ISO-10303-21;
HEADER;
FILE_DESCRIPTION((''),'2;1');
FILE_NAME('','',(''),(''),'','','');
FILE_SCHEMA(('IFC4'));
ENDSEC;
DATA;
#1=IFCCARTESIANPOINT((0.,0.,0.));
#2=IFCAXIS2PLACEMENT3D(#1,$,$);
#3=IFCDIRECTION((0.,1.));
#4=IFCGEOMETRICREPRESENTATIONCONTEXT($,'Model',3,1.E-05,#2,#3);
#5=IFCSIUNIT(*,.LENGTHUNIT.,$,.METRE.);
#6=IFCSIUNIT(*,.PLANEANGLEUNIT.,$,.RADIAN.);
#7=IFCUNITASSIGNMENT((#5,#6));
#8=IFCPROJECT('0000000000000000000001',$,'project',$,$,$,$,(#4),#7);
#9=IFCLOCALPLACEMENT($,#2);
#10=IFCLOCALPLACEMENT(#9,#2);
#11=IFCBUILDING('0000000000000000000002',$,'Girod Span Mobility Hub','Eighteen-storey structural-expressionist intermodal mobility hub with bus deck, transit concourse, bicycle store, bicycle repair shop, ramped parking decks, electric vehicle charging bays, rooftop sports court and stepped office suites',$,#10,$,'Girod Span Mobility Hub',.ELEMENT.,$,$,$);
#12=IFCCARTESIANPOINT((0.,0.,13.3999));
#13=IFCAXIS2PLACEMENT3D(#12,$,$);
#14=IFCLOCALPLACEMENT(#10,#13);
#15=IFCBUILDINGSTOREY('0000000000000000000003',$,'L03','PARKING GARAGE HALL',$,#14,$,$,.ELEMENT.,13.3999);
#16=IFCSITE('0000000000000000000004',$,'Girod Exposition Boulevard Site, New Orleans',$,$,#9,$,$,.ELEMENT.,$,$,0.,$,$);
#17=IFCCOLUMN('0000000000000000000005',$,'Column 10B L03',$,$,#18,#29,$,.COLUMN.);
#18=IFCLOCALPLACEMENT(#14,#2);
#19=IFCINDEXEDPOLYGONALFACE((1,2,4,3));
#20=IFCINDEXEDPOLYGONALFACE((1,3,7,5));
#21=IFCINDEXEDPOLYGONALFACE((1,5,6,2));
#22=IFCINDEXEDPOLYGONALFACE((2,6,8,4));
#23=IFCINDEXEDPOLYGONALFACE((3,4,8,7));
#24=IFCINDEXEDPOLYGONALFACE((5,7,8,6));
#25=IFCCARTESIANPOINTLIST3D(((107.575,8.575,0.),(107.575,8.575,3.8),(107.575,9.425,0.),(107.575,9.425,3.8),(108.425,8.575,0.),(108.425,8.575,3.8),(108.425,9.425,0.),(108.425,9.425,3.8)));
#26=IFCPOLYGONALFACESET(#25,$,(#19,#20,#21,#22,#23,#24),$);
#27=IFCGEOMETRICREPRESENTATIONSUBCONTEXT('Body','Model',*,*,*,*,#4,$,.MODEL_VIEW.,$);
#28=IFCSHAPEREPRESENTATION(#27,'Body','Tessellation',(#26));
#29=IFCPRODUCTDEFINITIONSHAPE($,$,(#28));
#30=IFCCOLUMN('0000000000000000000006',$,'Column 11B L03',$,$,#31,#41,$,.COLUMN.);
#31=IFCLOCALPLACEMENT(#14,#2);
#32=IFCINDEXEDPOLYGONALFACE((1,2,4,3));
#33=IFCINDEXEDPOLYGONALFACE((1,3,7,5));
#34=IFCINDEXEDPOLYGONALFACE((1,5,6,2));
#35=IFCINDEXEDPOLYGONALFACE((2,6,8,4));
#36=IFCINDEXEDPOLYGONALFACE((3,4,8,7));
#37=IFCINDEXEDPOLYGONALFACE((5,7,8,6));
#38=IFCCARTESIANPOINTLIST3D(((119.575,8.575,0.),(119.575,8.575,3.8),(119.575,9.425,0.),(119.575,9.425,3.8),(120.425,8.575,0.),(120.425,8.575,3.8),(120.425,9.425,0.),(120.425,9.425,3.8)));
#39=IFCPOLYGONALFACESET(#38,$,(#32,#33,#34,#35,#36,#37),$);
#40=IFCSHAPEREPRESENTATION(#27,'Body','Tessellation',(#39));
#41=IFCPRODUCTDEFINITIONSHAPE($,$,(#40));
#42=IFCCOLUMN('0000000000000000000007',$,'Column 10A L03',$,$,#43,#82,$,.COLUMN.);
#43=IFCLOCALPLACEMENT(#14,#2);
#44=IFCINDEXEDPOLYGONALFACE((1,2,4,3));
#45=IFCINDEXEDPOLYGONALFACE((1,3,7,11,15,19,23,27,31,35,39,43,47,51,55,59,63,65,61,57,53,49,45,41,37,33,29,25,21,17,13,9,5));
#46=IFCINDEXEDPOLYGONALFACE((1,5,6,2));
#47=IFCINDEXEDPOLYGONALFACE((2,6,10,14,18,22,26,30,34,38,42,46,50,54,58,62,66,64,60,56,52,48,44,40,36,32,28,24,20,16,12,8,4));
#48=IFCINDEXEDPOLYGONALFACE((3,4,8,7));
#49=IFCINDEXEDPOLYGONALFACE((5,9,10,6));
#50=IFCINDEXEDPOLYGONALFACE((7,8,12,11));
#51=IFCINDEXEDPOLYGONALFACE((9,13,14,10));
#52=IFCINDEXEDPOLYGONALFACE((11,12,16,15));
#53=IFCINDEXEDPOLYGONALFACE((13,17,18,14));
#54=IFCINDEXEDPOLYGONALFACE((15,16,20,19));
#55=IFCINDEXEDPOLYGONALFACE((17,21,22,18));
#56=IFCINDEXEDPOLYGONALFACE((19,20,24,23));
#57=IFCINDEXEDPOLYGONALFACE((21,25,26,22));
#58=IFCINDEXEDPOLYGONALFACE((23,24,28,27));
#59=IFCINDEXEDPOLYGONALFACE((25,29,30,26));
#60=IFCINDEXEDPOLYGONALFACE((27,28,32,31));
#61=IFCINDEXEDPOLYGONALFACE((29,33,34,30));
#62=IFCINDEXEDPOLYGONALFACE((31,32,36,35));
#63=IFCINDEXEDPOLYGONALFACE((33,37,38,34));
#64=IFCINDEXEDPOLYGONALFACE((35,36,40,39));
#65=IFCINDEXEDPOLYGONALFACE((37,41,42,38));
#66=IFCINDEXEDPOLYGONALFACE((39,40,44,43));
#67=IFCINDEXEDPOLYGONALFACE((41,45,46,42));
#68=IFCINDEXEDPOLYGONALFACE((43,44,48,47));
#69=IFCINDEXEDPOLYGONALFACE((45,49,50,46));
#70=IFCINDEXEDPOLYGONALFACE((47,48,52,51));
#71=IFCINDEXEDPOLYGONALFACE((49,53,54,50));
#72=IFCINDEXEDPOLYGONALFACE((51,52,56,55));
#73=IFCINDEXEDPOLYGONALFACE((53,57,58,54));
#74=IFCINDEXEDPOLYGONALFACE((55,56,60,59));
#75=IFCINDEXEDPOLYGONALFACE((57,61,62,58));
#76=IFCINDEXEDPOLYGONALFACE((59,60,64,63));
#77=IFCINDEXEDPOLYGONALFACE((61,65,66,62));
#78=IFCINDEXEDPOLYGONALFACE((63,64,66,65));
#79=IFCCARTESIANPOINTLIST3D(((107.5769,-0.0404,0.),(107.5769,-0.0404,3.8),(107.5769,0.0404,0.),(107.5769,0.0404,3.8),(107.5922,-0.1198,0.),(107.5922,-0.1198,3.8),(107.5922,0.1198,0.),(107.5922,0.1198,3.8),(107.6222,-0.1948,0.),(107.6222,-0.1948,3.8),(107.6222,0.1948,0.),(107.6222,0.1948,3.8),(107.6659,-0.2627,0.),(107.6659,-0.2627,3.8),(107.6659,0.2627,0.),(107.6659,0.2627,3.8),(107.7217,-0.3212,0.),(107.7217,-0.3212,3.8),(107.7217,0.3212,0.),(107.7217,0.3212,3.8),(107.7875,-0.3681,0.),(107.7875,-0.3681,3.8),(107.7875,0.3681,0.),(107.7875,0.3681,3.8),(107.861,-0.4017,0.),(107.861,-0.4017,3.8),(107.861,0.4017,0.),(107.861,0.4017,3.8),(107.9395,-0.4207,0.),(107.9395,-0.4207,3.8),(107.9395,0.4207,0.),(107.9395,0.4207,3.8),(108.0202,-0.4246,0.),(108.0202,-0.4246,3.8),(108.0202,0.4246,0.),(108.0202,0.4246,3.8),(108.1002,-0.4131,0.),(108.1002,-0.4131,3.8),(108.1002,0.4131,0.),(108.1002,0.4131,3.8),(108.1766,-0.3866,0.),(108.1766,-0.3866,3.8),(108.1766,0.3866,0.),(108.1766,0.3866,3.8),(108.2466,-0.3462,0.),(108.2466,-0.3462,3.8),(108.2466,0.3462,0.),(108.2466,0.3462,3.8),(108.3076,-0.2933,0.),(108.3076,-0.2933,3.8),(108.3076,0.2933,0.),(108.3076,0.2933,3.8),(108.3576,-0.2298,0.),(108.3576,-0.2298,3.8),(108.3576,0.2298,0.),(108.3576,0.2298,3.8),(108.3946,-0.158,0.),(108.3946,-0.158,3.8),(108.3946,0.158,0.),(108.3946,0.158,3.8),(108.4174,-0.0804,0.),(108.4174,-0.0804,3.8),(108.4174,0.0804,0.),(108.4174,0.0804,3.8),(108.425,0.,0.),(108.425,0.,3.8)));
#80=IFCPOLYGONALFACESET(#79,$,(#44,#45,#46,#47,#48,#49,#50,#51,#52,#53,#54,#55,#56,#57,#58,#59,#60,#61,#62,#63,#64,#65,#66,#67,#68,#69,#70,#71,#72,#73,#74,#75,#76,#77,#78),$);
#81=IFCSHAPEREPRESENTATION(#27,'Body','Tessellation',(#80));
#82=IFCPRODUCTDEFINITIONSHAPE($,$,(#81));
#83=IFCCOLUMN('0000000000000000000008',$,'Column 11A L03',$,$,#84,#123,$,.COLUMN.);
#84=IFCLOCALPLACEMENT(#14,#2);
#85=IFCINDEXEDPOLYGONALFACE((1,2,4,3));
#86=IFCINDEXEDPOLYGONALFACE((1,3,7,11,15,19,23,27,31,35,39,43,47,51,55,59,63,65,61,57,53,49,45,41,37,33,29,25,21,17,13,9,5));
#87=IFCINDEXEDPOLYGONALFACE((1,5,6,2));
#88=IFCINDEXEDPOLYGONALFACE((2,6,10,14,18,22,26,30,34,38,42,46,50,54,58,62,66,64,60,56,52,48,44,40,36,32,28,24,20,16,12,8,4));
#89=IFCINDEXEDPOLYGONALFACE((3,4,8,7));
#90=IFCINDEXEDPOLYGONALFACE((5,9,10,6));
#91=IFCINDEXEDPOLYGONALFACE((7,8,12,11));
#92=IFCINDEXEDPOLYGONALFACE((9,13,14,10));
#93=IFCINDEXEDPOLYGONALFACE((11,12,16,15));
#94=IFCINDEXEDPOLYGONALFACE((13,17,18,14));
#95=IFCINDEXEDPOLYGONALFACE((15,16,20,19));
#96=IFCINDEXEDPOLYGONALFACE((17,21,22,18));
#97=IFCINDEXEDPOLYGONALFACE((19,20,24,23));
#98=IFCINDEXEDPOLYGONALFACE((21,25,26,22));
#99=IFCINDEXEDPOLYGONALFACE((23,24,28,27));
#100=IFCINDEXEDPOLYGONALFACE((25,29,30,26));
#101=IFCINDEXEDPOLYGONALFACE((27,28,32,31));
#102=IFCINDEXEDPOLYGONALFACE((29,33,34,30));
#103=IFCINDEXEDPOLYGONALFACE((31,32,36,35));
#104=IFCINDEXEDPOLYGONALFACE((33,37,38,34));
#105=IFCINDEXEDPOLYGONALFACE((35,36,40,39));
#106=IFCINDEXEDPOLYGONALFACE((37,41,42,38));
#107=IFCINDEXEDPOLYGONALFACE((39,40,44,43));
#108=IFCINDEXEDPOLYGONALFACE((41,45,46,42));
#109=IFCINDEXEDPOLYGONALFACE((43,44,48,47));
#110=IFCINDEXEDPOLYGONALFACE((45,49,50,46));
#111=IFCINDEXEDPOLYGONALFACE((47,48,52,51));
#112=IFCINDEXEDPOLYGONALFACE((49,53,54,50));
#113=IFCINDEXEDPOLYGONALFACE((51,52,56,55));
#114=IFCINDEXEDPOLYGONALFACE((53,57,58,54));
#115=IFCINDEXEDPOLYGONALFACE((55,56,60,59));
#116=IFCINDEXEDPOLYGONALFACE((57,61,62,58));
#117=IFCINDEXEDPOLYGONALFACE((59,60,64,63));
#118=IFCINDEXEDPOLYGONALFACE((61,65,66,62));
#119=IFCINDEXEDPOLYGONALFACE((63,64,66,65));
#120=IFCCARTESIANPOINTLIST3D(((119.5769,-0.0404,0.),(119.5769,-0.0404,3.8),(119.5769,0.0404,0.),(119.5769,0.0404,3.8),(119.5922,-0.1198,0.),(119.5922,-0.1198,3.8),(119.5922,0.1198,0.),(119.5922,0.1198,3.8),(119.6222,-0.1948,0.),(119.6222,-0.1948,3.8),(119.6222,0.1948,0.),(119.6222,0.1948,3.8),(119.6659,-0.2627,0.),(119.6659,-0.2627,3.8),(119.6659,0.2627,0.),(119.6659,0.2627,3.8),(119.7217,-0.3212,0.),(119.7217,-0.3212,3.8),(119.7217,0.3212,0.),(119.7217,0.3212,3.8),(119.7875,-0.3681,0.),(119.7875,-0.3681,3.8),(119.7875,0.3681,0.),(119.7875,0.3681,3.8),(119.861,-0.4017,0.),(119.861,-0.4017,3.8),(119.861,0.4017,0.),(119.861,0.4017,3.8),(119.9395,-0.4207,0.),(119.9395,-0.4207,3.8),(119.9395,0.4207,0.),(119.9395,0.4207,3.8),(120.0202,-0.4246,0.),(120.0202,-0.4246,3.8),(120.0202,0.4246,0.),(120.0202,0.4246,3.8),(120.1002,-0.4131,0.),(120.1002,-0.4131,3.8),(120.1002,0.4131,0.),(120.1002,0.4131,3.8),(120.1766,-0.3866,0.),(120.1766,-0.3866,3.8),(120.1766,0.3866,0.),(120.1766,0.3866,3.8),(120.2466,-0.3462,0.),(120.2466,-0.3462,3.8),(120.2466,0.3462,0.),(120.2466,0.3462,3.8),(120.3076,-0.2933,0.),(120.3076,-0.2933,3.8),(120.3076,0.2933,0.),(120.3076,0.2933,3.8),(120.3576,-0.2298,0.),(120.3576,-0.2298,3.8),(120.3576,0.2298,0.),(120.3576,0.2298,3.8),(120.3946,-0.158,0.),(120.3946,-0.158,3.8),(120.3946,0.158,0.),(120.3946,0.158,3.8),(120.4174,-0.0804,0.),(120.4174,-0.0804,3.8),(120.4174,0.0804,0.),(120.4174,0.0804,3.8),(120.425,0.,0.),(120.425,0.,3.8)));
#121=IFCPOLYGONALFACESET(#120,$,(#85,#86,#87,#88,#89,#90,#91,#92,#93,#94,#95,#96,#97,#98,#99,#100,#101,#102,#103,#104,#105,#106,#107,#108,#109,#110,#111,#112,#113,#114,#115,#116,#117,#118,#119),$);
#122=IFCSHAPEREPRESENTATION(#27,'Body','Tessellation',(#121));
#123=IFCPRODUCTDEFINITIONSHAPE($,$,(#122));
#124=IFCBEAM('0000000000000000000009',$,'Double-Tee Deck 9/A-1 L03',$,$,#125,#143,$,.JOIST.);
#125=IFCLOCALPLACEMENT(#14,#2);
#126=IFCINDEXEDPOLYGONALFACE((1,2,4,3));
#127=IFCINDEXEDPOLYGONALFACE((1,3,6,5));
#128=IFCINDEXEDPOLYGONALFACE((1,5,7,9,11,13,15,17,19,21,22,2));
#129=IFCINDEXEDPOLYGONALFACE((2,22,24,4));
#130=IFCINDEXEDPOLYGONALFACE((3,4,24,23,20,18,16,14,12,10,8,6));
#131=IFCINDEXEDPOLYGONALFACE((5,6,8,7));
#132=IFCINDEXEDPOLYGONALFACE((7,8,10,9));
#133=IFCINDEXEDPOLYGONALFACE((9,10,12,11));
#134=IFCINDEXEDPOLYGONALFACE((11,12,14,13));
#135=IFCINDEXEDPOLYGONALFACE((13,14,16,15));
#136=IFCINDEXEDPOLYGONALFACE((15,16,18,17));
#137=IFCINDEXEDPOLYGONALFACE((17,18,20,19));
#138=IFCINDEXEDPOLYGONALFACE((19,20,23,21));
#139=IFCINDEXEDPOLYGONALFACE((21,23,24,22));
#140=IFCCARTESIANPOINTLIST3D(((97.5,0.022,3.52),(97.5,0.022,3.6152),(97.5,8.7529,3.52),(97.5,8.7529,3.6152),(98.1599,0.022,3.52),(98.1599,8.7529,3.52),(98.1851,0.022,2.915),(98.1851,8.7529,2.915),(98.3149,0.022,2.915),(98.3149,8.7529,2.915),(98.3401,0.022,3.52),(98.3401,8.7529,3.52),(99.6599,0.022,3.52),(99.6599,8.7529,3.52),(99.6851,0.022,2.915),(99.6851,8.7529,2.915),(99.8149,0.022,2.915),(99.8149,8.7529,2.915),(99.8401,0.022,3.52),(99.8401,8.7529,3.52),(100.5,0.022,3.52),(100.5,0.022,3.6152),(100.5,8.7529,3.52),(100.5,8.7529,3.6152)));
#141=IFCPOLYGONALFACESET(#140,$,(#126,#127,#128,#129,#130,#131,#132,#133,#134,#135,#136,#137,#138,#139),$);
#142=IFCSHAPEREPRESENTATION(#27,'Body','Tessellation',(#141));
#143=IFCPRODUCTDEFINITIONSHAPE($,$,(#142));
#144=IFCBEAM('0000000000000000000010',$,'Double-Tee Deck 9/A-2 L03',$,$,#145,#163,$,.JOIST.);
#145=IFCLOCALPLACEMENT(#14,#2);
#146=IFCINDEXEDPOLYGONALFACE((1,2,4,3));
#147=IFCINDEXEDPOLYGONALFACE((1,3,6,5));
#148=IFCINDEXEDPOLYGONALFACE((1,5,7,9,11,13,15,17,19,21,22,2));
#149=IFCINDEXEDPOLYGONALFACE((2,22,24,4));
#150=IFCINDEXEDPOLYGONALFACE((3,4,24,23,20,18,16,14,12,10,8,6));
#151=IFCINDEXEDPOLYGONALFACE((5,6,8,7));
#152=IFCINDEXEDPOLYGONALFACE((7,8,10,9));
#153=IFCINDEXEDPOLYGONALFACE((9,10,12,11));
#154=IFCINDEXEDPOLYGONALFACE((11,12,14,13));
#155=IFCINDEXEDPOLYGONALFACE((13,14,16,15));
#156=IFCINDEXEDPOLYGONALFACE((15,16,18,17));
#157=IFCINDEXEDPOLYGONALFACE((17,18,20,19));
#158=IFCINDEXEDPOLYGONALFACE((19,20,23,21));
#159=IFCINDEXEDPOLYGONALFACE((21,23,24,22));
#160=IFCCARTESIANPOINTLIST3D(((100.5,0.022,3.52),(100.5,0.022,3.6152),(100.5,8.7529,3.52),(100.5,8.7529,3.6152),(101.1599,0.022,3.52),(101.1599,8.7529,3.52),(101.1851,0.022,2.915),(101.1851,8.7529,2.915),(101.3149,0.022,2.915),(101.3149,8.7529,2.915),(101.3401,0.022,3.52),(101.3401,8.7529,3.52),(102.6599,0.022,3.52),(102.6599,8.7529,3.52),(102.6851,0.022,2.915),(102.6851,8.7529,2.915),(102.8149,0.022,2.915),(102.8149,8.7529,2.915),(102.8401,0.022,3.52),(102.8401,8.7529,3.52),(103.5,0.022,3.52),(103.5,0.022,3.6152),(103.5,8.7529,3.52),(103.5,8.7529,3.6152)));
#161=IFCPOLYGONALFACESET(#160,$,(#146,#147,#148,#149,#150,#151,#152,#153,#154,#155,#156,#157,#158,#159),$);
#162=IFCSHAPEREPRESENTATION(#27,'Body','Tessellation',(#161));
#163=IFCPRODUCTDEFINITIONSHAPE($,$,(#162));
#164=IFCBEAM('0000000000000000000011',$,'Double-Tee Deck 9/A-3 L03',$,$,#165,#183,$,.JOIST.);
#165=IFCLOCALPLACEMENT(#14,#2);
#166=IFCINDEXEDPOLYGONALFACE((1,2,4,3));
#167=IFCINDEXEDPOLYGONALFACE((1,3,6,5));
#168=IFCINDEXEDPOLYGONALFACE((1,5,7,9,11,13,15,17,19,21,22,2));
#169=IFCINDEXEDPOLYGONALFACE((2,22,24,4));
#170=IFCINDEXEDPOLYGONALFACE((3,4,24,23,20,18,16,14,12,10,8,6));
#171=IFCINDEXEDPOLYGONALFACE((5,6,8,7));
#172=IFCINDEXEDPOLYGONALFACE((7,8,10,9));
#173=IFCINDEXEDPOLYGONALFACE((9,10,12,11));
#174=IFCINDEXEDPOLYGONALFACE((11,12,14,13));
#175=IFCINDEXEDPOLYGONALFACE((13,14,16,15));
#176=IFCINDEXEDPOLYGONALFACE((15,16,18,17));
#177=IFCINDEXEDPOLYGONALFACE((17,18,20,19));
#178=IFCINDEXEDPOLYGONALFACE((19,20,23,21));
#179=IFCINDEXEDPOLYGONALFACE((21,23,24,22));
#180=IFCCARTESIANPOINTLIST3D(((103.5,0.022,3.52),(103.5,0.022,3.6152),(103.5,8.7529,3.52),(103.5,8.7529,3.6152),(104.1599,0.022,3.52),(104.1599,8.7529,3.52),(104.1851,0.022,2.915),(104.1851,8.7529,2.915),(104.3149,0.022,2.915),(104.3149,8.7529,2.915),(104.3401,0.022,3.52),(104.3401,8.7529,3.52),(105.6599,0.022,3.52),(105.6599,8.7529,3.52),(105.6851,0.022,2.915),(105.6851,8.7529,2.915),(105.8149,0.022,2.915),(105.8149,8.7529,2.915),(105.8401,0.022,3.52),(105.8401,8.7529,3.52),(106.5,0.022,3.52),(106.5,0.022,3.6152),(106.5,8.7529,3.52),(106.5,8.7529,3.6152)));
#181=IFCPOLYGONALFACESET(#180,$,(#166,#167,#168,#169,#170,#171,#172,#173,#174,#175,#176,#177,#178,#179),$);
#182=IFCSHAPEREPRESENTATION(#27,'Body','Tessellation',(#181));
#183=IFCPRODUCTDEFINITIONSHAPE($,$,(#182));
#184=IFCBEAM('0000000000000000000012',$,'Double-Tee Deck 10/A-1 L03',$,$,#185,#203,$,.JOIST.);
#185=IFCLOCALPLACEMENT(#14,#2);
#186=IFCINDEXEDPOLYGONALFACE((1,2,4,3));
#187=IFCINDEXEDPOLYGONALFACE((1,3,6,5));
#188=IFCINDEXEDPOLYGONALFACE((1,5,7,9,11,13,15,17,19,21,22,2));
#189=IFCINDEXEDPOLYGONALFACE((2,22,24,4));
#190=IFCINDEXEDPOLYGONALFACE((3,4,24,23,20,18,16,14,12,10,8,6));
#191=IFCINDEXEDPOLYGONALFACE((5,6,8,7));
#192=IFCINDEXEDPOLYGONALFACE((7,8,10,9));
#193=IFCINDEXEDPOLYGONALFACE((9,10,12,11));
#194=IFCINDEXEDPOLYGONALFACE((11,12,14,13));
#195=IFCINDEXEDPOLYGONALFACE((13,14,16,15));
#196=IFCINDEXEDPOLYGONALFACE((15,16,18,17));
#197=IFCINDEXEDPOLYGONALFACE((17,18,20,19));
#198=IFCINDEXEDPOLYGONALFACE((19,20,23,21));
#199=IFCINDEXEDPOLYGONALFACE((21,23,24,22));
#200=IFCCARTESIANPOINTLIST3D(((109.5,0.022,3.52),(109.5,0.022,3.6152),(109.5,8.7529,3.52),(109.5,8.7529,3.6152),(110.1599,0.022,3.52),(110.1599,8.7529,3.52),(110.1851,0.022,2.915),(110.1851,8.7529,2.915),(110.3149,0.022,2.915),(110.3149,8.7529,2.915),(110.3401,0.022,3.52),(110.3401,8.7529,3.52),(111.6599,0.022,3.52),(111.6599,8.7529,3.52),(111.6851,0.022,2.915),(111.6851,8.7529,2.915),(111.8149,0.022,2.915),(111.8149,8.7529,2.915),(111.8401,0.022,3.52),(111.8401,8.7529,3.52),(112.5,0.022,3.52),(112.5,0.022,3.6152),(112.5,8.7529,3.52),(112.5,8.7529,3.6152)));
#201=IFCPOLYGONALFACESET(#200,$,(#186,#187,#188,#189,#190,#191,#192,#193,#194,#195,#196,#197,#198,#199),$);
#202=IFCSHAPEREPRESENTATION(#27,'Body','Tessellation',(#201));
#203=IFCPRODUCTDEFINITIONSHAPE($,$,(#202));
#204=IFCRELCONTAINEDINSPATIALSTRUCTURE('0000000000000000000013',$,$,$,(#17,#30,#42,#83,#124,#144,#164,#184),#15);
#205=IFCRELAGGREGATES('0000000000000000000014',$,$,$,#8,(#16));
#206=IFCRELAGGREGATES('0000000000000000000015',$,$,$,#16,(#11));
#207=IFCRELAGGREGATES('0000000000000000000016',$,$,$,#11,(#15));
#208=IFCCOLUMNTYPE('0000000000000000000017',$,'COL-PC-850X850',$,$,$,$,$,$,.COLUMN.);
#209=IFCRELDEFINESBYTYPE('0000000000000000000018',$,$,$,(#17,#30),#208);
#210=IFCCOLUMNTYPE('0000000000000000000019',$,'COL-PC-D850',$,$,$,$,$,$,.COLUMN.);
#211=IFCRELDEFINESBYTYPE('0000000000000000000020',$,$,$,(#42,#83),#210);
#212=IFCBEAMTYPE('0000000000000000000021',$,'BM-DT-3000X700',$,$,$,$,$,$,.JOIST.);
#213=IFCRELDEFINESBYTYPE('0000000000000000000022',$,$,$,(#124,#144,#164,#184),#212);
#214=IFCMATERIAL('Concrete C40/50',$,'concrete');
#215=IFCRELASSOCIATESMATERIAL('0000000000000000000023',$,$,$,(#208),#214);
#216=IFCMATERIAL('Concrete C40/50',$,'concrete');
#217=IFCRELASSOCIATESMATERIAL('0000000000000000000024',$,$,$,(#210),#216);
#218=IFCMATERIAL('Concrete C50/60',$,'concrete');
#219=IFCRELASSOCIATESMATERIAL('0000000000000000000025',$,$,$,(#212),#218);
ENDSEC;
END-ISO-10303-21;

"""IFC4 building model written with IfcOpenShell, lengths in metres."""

from ifc_helpers import new_model, si_unit, direction, frame, origin, origin_2d, place, context, subcontext, project, spatial, polyline, rectangle, circle, outline, extrude, material, material_profile, profile_set, type_object, element, save


model = new_model("IFC4")

# Units and contexts
model_context = context("Model", 3, precision=1e-05, world=origin(), true_north=direction((0.0, 1.0)))
body_context = subcontext(model_context, "Body", "Model", "MODEL_VIEW")
ifc_project = project(units=[si_unit("LENGTHUNIT", "METRE"), si_unit("PLANEANGLEUNIT", "RADIAN")], contexts=[model_context])

# Site, building, storey
site_placement = place(None, origin())
site = spatial("IfcSite", under=ifc_project, at=site_placement, Name="Girod Exposition Boulevard Site, New Orleans", CompositionType="ELEMENT", RefElevation=0.0)
building_placement = place(site_placement, origin())
building = spatial("IfcBuilding", under=site, at=building_placement, Name="Girod Span Mobility Hub", Description="Eighteen-storey structural-expressionist intermodal mobility hub with bus deck, transit concourse, bicycle store, bicycle repair shop, ramped parking decks, electric vehicle charging bays, rooftop sports court and stepped office suites", LongName="Girod Span Mobility Hub", CompositionType="ELEMENT")
storey_placement = place(building_placement, frame((0.0, 0.0, 13.3999)))
storey = spatial("IfcBuildingStorey", under=building, at=storey_placement, Name="L03", Description="PARKING GARAGE HALL", CompositionType="ELEMENT", Elevation=13.3999)

# Columns
ifc_material_1 = material(Name="Concrete C40/50", Category="concrete")
ifc_material_profile_1 = material_profile(ifc_material_1, rectangle(XDim=0.8501, YDim=0.8501, at=origin_2d()), Name="PC-COL-850X850")
ifc_profile_set_1 = profile_set([ifc_material_profile_1], Name="Concrete C40/50")
column_type_1 = type_object("IfcColumnType", Name="COL-PC-850X850", PredefinedType="COLUMN", material=ifc_profile_set_1)
for number, where, z_axis, x_axis, name in (
    (1, (108.0, 9.0, 0.0), (0.0, 0.0, 1.0), (1.0, 0.0, 0.0), "Column 10B L03"),
    (2, (120.0, 9.0, 0.0), (0.0, 0.0, 1.0), (1.0, 0.0, 0.0), "Column 11B L03"),
):
    element("IfcColumn", number, at=place(storey_placement, frame(where, z_axis=z_axis, x_axis=x_axis)), inside=storey, type_object=column_type_1, Name=name, PredefinedType="COLUMN", context=body_context, shape_type="SweptSolid", body=[
        extrude(rectangle(XDim=0.8501, YDim=0.8501, at=origin_2d()), origin(), (0.0, 0.0, 1.0), 3.8),
    ])
ifc_material_2 = material(Name="Concrete C40/50", Category="concrete")
ifc_material_profile_2 = material_profile(ifc_material_2, circle(Radius=0.425, at=origin_2d()), Name="PC-CIR-D850")
ifc_profile_set_2 = profile_set([ifc_material_profile_2], Name="Concrete C40/50")
column_type_2 = type_object("IfcColumnType", Name="COL-PC-D850", PredefinedType="COLUMN", material=ifc_profile_set_2)
for number, where, z_axis, x_axis, name in (
    (3, (108.0, 0.0, 0.0), (0.0, 0.0, 1.0), (1.0, 0.0, 0.0), "Column 10A L03"),
    (4, (120.0, 0.0, 0.0), (0.0, 0.0, 1.0), (1.0, 0.0, 0.0), "Column 11A L03"),
):
    element("IfcColumn", number, at=place(storey_placement, frame(where, z_axis=z_axis, x_axis=x_axis)), inside=storey, type_object=column_type_2, Name=name, PredefinedType="COLUMN", context=body_context, shape_type="SweptSolid", body=[
        extrude(circle(Radius=0.425, at=origin_2d()), origin(), (0.0, 0.0, 1.0), 3.8),
    ])

# Beams
ifc_material_3 = material(Name="Concrete C50/60", Category="concrete")
ifc_material_profile_3 = material_profile(ifc_material_3, outline(polyline([(-1.5, 0.3501), (-1.5, 0.2549), (-0.8401, 0.2549), (-0.8149, -0.3501), (-0.6851, -0.3501), (-0.6599, 0.2549), (0.6599, 0.2549), (0.6851, -0.3501), (0.8149, -0.3501), (0.8401, 0.2549), (1.5, 0.2549), (1.5, 0.3501), (-1.5, 0.3501)])), Name="DT-3000X700")
ifc_profile_set_3 = profile_set([ifc_material_profile_3], Name="Concrete C50/60")
beam_type_1 = type_object("IfcBeamType", Name="BM-DT-3000X700", PredefinedType="JOIST", material=ifc_profile_set_3)
for number, where, z_axis, x_axis, name in (
    (5, (99.0, 0.022, 3.2651), (0.0, 1.0, 0.0), (-1.0, 0.0, 0.0), "Double-Tee Deck 9/A-1 L03"),
    (6, (102.0, 0.022, 3.2651), (0.0, 1.0, 0.0), (-1.0, 0.0, 0.0), "Double-Tee Deck 9/A-2 L03"),
    (7, (105.0, 0.022, 3.2651), (0.0, 1.0, 0.0), (-1.0, 0.0, 0.0), "Double-Tee Deck 9/A-3 L03"),
    (8, (111.0, 0.022, 3.2651), (0.0, 1.0, 0.0), (-1.0, 0.0, 0.0), "Double-Tee Deck 10/A-1 L03"),
):
    element("IfcBeam", number, at=place(storey_placement, frame(where, z_axis=z_axis, x_axis=x_axis)), inside=storey, type_object=beam_type_1, Name=name, PredefinedType="JOIST", context=body_context, shape_type="SweptSolid", body=[
        extrude(outline(polyline([(-1.5, 0.3501), (-1.5, 0.2549), (-0.8401, 0.2549), (-0.8149, -0.3501), (-0.6851, -0.3501), (-0.6599, 0.2549), (0.6599, 0.2549), (0.6851, -0.3501), (0.8149, -0.3501), (0.8401, 0.2549), (1.5, 0.2549), (1.5, 0.3501), (-1.5, 0.3501)])), origin(), (0.0, 0.0, 1.0), 8.731),
    ])

save(model, "model.ifc")
